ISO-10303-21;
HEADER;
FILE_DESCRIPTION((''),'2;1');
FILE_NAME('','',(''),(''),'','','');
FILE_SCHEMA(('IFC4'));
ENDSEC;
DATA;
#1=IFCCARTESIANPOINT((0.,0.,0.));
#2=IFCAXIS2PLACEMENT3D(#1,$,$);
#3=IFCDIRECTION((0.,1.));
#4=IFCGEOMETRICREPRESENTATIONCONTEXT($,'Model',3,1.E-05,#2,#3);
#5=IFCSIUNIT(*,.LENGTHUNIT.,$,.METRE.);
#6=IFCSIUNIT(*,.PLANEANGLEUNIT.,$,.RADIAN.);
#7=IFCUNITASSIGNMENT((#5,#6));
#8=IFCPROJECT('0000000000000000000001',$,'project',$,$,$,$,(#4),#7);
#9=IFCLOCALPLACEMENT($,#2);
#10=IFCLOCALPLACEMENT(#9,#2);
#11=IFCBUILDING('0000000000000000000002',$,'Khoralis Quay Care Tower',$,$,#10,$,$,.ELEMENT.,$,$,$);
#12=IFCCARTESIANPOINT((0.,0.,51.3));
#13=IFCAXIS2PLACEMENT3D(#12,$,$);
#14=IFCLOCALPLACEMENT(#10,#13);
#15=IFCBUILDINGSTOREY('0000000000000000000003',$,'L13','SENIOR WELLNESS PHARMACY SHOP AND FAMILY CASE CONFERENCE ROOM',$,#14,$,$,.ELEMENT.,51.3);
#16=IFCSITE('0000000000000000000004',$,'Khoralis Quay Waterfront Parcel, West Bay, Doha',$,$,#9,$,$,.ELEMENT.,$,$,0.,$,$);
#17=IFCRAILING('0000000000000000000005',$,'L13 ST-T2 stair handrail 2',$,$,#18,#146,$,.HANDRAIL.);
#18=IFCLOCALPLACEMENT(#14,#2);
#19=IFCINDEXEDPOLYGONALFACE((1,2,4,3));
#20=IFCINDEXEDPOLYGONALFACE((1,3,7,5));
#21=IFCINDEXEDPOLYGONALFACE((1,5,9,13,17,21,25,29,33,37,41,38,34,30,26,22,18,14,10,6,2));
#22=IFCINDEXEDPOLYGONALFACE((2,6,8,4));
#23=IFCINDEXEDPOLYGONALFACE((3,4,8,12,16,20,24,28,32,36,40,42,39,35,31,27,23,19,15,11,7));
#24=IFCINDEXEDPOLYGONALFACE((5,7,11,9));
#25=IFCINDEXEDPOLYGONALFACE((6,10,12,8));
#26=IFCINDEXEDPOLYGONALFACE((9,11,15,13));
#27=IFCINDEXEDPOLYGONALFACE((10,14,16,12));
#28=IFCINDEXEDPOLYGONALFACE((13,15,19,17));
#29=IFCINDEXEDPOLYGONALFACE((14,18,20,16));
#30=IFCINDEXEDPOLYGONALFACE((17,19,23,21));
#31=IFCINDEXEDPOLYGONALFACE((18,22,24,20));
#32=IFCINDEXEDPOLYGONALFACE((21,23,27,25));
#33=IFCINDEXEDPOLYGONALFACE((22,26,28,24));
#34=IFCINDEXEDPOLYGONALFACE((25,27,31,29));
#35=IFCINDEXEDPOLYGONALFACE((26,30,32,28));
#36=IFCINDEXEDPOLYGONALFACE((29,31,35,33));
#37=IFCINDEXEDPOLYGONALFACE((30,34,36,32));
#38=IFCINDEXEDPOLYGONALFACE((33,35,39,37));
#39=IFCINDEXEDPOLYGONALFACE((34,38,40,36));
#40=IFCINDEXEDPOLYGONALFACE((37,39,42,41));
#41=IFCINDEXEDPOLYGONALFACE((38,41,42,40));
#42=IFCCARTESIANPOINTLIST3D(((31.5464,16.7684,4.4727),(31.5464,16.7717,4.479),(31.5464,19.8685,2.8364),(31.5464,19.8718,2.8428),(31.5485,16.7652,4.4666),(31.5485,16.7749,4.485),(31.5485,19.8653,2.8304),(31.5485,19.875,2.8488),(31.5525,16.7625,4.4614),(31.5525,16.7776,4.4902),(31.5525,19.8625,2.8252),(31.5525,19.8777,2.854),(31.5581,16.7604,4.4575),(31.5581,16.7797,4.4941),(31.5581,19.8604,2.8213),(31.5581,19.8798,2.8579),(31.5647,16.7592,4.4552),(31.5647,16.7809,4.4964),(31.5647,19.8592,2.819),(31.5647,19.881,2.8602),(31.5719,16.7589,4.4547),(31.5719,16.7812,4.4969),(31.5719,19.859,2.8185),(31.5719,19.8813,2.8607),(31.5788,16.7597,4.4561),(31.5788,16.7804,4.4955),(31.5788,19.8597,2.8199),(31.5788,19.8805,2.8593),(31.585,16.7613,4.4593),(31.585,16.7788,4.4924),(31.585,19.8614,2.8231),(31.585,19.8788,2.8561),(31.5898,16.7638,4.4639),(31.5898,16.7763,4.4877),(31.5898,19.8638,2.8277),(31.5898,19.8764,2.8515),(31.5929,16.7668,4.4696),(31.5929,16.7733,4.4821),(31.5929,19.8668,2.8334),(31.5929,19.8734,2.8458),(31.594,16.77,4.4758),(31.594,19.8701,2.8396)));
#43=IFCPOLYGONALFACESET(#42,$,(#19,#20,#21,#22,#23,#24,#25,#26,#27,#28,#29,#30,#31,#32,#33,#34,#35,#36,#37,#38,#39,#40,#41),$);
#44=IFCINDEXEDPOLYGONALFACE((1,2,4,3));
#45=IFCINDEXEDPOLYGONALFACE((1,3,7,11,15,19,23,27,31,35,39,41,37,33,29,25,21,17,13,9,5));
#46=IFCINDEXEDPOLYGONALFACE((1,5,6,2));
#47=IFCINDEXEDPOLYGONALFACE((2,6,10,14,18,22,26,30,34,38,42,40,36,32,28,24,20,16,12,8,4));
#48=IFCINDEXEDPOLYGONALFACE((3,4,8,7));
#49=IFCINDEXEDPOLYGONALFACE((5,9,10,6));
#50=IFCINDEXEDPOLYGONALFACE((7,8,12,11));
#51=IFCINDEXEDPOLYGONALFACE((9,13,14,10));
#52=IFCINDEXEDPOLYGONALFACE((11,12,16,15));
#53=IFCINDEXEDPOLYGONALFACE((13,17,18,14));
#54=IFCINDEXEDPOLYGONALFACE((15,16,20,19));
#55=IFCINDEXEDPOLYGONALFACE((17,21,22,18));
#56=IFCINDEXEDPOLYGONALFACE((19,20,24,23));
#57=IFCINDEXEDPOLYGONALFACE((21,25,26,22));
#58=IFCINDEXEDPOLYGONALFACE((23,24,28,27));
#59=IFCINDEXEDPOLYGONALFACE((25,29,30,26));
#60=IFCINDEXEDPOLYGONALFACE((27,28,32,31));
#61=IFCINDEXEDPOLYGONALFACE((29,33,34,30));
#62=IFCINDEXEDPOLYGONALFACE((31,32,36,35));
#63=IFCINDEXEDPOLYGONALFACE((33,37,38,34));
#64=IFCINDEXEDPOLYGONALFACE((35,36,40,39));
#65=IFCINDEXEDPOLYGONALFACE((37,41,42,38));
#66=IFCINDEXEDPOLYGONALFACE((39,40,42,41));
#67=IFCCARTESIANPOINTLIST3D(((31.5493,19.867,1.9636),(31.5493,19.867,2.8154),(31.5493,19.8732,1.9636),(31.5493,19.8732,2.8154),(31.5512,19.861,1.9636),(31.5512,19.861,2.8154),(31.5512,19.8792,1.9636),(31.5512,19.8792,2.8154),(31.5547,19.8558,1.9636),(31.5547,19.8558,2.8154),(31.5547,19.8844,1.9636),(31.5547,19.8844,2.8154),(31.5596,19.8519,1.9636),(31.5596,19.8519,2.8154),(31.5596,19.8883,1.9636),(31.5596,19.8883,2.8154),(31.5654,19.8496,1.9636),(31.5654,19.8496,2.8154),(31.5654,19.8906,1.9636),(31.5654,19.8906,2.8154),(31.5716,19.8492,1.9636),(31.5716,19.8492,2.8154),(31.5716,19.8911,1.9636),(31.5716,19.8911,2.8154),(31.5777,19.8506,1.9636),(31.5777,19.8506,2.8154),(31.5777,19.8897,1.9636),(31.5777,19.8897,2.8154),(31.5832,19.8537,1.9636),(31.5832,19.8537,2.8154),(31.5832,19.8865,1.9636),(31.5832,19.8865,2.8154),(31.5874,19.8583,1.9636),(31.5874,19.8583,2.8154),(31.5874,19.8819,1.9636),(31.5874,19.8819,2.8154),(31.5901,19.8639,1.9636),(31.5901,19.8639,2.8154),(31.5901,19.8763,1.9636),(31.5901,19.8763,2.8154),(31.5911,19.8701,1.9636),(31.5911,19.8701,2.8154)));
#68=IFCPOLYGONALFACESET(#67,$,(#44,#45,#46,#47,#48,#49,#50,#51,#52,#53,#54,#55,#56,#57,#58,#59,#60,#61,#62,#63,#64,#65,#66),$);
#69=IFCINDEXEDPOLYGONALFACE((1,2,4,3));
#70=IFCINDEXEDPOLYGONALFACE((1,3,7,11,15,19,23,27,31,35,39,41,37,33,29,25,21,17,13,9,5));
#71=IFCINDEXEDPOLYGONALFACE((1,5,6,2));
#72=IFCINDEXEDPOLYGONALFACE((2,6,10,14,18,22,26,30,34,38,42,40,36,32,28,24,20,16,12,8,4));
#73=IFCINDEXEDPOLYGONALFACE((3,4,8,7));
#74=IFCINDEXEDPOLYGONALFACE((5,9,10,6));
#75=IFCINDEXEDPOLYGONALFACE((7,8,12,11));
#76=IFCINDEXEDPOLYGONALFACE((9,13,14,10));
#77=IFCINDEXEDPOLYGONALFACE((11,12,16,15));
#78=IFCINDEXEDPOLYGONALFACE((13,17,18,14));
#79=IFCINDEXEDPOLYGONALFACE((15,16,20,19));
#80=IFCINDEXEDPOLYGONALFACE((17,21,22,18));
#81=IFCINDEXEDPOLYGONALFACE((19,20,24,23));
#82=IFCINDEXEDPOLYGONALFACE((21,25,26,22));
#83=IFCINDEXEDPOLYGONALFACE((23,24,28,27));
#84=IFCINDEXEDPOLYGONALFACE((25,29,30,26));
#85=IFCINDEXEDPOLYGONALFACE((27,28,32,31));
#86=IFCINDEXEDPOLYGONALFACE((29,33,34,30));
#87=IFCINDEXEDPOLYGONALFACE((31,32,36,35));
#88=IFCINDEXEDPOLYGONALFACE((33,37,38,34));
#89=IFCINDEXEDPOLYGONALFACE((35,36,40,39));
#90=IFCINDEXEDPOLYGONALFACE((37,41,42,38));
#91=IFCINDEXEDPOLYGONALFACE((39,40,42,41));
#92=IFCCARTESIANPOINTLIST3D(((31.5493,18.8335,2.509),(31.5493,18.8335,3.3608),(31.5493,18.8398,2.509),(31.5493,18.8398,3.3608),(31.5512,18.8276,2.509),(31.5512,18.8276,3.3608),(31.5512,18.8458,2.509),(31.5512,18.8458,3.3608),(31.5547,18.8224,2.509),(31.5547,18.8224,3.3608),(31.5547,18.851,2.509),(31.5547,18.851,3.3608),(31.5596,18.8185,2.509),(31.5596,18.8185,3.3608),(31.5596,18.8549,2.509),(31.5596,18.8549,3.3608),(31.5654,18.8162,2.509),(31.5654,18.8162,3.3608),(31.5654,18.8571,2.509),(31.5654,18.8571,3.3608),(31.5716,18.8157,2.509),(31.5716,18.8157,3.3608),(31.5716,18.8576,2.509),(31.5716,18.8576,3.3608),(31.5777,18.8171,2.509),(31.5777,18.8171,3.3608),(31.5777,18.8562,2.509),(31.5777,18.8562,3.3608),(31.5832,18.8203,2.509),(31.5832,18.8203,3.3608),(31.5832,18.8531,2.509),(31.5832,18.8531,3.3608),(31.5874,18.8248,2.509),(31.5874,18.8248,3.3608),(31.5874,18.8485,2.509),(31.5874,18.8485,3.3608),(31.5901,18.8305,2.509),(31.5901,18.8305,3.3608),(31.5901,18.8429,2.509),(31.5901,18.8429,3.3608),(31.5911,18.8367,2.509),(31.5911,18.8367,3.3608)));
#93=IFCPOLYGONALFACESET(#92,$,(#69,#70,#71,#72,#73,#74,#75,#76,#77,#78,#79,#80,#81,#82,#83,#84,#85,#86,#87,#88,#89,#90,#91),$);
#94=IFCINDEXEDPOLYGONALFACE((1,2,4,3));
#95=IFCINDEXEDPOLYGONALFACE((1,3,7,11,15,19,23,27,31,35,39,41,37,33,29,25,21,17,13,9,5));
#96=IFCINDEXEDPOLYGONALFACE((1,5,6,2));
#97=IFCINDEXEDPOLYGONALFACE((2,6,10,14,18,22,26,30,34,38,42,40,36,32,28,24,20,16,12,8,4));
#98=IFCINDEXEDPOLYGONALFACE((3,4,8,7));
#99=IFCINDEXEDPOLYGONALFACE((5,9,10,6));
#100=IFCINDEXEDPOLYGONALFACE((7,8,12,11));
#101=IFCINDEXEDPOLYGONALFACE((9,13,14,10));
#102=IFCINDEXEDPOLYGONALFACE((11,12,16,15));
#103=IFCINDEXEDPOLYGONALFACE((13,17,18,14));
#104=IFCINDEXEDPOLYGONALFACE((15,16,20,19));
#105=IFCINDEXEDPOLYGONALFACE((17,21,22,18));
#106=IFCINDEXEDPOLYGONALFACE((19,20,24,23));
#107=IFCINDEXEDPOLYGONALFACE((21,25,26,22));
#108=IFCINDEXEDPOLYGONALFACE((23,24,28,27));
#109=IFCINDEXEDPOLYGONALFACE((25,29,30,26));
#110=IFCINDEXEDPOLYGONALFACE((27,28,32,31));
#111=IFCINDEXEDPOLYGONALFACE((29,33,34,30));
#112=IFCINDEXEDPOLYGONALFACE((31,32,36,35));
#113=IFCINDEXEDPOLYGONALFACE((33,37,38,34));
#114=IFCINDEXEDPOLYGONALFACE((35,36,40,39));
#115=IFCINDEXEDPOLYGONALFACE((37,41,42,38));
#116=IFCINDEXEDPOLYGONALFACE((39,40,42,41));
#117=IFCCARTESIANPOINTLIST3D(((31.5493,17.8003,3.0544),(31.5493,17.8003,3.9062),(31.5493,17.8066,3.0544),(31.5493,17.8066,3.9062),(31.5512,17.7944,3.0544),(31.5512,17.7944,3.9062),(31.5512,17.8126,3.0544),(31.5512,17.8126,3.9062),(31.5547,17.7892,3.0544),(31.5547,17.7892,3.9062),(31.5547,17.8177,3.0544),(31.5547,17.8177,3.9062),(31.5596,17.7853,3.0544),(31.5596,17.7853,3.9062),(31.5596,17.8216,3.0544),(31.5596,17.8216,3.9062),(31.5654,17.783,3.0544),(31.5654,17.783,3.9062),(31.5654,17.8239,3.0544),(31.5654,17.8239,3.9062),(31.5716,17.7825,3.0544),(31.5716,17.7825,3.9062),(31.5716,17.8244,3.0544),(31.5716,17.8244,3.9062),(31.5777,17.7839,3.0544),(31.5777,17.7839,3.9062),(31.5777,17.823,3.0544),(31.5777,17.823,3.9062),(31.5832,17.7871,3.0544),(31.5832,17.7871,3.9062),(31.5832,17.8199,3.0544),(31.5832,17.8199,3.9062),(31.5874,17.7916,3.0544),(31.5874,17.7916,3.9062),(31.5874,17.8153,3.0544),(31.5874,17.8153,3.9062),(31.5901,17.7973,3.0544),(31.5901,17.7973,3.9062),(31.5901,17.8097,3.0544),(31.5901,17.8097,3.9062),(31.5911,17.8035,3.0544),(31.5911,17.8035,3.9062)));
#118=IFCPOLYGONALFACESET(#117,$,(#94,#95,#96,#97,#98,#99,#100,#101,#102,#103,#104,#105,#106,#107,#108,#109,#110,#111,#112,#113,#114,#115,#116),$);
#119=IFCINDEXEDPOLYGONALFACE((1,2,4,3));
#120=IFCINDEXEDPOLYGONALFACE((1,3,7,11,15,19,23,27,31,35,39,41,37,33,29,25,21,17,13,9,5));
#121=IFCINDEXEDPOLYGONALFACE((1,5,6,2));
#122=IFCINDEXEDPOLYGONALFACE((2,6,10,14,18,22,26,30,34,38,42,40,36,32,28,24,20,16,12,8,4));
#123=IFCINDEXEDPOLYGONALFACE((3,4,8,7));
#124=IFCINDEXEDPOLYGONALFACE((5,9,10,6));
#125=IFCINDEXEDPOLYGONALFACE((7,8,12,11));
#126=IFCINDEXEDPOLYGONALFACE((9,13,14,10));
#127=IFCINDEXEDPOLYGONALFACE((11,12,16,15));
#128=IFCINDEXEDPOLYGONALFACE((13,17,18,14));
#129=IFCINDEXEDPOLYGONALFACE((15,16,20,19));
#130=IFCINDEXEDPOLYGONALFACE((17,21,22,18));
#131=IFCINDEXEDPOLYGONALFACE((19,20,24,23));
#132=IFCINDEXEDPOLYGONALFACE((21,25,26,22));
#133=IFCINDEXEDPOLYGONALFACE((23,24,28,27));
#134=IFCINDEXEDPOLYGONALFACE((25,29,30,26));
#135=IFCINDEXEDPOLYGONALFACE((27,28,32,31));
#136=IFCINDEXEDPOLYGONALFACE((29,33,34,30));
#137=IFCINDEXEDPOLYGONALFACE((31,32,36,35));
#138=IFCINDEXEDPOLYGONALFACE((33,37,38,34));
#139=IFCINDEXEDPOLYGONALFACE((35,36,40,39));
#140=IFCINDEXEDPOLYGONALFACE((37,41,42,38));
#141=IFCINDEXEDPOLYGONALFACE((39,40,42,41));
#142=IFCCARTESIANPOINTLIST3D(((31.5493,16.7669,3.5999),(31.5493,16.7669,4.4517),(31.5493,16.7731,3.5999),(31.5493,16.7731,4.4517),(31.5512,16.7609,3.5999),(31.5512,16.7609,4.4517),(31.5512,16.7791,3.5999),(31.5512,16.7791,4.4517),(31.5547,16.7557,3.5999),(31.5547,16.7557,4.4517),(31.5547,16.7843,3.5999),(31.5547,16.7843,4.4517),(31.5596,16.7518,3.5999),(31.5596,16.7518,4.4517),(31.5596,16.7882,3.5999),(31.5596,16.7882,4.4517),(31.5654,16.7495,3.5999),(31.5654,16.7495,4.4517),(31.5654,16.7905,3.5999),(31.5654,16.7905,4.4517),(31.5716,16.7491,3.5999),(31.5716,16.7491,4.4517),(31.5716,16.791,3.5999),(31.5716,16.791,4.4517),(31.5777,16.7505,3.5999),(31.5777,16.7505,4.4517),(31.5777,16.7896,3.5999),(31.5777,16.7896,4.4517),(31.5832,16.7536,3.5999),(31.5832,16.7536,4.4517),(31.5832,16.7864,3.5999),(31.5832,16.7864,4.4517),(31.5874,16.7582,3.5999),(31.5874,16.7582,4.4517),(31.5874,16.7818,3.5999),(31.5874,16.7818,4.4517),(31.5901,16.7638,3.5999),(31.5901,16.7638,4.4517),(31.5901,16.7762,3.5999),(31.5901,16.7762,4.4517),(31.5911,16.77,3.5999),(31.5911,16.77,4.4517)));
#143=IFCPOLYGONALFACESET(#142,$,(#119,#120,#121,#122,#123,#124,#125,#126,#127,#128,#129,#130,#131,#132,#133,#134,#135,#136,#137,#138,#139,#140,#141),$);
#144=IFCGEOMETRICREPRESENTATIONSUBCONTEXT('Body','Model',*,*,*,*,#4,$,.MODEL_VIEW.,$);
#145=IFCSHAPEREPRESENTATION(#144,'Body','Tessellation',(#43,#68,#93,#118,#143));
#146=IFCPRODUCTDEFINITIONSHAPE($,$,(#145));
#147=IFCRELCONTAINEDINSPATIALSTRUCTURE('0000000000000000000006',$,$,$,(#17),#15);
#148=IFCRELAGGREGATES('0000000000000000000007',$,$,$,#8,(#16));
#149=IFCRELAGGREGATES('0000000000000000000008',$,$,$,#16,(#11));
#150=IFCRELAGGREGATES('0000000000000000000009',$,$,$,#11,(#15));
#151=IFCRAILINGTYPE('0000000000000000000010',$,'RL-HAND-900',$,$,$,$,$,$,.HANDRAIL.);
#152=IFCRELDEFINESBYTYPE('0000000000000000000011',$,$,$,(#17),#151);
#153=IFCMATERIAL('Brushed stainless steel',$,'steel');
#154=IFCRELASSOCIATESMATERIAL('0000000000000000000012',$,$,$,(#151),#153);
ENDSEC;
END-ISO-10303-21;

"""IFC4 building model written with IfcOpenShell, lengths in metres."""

from ifc_helpers import new_model, si_unit, direction, frame, origin, origin_2d, place, context, subcontext, project, spatial, circle, extrude, material, type_object, element, save


model = new_model("IFC4")

# Units and contexts
model_context = context("Model", 3, precision=1e-05, world=origin(), true_north=direction((0.0, 1.0)))
body_context = subcontext(model_context, "Body", "Model", "MODEL_VIEW")
ifc_project = project(units=[si_unit("LENGTHUNIT", "METRE"), si_unit("PLANEANGLEUNIT", "RADIAN")], contexts=[model_context])

# Site, building, storey
site_placement = place(None, origin())
site = spatial("IfcSite", under=ifc_project, at=site_placement, Name="Khoralis Quay Waterfront Parcel, West Bay, Doha", CompositionType="ELEMENT", RefElevation=0.0)
building_placement = place(site_placement, origin())
building = spatial("IfcBuilding", under=site, at=building_placement, Name="Khoralis Quay Care Tower", CompositionType="ELEMENT")
storey_placement = place(building_placement, frame((0.0, 0.0, 51.3)))
storey = spatial("IfcBuildingStorey", under=building, at=storey_placement, Name="L13", Description="SENIOR WELLNESS PHARMACY SHOP AND FAMILY CASE CONFERENCE ROOM", CompositionType="ELEMENT", Elevation=51.3)

# Shared definitions
ifc_material_1 = material(Name="Brushed stainless steel", Category="steel")

# Railing
railing_type_1 = type_object("IfcRailingType", Name="RL-HAND-900", PredefinedType="HANDRAIL", material=ifc_material_1)
railing_1_placement = place(storey_placement, frame((31.5701, 19.8701, 1.9636)))
element("IfcRailing", 1, at=railing_1_placement, inside=storey, type_object=railing_type_1, Name="L13 ST-T2 stair handrail 2", PredefinedType="HANDRAIL", context=body_context, shape_type="SweptSolid", body=[
    extrude(circle(Radius=0.0239, at=origin_2d()), frame((0.0, 0.0, 0.876), z_axis=(0.0, -0.884377, 0.466774), x_axis=(1.0, 0.0, 0.0)), (0.0, 0.0, 1.0), 3.5054),
    extrude(circle(Radius=0.021, at=origin_2d()), origin(), (0.0, 0.0, 1.0), 0.8518),
    extrude(circle(Radius=0.021, at=origin_2d()), frame((0.0, -1.0334, 0.5454)), (0.0, 0.0, 1.0), 0.8518),
    extrude(circle(Radius=0.021, at=origin_2d()), frame((0.0, -2.0667, 1.0908)), (0.0, 0.0, 1.0), 0.8518),
    extrude(circle(Radius=0.021, at=origin_2d()), frame((0.0, -3.1001, 1.6362)), (0.0, 0.0, 1.0), 0.8518),
])

save(model, "model.ifc")
